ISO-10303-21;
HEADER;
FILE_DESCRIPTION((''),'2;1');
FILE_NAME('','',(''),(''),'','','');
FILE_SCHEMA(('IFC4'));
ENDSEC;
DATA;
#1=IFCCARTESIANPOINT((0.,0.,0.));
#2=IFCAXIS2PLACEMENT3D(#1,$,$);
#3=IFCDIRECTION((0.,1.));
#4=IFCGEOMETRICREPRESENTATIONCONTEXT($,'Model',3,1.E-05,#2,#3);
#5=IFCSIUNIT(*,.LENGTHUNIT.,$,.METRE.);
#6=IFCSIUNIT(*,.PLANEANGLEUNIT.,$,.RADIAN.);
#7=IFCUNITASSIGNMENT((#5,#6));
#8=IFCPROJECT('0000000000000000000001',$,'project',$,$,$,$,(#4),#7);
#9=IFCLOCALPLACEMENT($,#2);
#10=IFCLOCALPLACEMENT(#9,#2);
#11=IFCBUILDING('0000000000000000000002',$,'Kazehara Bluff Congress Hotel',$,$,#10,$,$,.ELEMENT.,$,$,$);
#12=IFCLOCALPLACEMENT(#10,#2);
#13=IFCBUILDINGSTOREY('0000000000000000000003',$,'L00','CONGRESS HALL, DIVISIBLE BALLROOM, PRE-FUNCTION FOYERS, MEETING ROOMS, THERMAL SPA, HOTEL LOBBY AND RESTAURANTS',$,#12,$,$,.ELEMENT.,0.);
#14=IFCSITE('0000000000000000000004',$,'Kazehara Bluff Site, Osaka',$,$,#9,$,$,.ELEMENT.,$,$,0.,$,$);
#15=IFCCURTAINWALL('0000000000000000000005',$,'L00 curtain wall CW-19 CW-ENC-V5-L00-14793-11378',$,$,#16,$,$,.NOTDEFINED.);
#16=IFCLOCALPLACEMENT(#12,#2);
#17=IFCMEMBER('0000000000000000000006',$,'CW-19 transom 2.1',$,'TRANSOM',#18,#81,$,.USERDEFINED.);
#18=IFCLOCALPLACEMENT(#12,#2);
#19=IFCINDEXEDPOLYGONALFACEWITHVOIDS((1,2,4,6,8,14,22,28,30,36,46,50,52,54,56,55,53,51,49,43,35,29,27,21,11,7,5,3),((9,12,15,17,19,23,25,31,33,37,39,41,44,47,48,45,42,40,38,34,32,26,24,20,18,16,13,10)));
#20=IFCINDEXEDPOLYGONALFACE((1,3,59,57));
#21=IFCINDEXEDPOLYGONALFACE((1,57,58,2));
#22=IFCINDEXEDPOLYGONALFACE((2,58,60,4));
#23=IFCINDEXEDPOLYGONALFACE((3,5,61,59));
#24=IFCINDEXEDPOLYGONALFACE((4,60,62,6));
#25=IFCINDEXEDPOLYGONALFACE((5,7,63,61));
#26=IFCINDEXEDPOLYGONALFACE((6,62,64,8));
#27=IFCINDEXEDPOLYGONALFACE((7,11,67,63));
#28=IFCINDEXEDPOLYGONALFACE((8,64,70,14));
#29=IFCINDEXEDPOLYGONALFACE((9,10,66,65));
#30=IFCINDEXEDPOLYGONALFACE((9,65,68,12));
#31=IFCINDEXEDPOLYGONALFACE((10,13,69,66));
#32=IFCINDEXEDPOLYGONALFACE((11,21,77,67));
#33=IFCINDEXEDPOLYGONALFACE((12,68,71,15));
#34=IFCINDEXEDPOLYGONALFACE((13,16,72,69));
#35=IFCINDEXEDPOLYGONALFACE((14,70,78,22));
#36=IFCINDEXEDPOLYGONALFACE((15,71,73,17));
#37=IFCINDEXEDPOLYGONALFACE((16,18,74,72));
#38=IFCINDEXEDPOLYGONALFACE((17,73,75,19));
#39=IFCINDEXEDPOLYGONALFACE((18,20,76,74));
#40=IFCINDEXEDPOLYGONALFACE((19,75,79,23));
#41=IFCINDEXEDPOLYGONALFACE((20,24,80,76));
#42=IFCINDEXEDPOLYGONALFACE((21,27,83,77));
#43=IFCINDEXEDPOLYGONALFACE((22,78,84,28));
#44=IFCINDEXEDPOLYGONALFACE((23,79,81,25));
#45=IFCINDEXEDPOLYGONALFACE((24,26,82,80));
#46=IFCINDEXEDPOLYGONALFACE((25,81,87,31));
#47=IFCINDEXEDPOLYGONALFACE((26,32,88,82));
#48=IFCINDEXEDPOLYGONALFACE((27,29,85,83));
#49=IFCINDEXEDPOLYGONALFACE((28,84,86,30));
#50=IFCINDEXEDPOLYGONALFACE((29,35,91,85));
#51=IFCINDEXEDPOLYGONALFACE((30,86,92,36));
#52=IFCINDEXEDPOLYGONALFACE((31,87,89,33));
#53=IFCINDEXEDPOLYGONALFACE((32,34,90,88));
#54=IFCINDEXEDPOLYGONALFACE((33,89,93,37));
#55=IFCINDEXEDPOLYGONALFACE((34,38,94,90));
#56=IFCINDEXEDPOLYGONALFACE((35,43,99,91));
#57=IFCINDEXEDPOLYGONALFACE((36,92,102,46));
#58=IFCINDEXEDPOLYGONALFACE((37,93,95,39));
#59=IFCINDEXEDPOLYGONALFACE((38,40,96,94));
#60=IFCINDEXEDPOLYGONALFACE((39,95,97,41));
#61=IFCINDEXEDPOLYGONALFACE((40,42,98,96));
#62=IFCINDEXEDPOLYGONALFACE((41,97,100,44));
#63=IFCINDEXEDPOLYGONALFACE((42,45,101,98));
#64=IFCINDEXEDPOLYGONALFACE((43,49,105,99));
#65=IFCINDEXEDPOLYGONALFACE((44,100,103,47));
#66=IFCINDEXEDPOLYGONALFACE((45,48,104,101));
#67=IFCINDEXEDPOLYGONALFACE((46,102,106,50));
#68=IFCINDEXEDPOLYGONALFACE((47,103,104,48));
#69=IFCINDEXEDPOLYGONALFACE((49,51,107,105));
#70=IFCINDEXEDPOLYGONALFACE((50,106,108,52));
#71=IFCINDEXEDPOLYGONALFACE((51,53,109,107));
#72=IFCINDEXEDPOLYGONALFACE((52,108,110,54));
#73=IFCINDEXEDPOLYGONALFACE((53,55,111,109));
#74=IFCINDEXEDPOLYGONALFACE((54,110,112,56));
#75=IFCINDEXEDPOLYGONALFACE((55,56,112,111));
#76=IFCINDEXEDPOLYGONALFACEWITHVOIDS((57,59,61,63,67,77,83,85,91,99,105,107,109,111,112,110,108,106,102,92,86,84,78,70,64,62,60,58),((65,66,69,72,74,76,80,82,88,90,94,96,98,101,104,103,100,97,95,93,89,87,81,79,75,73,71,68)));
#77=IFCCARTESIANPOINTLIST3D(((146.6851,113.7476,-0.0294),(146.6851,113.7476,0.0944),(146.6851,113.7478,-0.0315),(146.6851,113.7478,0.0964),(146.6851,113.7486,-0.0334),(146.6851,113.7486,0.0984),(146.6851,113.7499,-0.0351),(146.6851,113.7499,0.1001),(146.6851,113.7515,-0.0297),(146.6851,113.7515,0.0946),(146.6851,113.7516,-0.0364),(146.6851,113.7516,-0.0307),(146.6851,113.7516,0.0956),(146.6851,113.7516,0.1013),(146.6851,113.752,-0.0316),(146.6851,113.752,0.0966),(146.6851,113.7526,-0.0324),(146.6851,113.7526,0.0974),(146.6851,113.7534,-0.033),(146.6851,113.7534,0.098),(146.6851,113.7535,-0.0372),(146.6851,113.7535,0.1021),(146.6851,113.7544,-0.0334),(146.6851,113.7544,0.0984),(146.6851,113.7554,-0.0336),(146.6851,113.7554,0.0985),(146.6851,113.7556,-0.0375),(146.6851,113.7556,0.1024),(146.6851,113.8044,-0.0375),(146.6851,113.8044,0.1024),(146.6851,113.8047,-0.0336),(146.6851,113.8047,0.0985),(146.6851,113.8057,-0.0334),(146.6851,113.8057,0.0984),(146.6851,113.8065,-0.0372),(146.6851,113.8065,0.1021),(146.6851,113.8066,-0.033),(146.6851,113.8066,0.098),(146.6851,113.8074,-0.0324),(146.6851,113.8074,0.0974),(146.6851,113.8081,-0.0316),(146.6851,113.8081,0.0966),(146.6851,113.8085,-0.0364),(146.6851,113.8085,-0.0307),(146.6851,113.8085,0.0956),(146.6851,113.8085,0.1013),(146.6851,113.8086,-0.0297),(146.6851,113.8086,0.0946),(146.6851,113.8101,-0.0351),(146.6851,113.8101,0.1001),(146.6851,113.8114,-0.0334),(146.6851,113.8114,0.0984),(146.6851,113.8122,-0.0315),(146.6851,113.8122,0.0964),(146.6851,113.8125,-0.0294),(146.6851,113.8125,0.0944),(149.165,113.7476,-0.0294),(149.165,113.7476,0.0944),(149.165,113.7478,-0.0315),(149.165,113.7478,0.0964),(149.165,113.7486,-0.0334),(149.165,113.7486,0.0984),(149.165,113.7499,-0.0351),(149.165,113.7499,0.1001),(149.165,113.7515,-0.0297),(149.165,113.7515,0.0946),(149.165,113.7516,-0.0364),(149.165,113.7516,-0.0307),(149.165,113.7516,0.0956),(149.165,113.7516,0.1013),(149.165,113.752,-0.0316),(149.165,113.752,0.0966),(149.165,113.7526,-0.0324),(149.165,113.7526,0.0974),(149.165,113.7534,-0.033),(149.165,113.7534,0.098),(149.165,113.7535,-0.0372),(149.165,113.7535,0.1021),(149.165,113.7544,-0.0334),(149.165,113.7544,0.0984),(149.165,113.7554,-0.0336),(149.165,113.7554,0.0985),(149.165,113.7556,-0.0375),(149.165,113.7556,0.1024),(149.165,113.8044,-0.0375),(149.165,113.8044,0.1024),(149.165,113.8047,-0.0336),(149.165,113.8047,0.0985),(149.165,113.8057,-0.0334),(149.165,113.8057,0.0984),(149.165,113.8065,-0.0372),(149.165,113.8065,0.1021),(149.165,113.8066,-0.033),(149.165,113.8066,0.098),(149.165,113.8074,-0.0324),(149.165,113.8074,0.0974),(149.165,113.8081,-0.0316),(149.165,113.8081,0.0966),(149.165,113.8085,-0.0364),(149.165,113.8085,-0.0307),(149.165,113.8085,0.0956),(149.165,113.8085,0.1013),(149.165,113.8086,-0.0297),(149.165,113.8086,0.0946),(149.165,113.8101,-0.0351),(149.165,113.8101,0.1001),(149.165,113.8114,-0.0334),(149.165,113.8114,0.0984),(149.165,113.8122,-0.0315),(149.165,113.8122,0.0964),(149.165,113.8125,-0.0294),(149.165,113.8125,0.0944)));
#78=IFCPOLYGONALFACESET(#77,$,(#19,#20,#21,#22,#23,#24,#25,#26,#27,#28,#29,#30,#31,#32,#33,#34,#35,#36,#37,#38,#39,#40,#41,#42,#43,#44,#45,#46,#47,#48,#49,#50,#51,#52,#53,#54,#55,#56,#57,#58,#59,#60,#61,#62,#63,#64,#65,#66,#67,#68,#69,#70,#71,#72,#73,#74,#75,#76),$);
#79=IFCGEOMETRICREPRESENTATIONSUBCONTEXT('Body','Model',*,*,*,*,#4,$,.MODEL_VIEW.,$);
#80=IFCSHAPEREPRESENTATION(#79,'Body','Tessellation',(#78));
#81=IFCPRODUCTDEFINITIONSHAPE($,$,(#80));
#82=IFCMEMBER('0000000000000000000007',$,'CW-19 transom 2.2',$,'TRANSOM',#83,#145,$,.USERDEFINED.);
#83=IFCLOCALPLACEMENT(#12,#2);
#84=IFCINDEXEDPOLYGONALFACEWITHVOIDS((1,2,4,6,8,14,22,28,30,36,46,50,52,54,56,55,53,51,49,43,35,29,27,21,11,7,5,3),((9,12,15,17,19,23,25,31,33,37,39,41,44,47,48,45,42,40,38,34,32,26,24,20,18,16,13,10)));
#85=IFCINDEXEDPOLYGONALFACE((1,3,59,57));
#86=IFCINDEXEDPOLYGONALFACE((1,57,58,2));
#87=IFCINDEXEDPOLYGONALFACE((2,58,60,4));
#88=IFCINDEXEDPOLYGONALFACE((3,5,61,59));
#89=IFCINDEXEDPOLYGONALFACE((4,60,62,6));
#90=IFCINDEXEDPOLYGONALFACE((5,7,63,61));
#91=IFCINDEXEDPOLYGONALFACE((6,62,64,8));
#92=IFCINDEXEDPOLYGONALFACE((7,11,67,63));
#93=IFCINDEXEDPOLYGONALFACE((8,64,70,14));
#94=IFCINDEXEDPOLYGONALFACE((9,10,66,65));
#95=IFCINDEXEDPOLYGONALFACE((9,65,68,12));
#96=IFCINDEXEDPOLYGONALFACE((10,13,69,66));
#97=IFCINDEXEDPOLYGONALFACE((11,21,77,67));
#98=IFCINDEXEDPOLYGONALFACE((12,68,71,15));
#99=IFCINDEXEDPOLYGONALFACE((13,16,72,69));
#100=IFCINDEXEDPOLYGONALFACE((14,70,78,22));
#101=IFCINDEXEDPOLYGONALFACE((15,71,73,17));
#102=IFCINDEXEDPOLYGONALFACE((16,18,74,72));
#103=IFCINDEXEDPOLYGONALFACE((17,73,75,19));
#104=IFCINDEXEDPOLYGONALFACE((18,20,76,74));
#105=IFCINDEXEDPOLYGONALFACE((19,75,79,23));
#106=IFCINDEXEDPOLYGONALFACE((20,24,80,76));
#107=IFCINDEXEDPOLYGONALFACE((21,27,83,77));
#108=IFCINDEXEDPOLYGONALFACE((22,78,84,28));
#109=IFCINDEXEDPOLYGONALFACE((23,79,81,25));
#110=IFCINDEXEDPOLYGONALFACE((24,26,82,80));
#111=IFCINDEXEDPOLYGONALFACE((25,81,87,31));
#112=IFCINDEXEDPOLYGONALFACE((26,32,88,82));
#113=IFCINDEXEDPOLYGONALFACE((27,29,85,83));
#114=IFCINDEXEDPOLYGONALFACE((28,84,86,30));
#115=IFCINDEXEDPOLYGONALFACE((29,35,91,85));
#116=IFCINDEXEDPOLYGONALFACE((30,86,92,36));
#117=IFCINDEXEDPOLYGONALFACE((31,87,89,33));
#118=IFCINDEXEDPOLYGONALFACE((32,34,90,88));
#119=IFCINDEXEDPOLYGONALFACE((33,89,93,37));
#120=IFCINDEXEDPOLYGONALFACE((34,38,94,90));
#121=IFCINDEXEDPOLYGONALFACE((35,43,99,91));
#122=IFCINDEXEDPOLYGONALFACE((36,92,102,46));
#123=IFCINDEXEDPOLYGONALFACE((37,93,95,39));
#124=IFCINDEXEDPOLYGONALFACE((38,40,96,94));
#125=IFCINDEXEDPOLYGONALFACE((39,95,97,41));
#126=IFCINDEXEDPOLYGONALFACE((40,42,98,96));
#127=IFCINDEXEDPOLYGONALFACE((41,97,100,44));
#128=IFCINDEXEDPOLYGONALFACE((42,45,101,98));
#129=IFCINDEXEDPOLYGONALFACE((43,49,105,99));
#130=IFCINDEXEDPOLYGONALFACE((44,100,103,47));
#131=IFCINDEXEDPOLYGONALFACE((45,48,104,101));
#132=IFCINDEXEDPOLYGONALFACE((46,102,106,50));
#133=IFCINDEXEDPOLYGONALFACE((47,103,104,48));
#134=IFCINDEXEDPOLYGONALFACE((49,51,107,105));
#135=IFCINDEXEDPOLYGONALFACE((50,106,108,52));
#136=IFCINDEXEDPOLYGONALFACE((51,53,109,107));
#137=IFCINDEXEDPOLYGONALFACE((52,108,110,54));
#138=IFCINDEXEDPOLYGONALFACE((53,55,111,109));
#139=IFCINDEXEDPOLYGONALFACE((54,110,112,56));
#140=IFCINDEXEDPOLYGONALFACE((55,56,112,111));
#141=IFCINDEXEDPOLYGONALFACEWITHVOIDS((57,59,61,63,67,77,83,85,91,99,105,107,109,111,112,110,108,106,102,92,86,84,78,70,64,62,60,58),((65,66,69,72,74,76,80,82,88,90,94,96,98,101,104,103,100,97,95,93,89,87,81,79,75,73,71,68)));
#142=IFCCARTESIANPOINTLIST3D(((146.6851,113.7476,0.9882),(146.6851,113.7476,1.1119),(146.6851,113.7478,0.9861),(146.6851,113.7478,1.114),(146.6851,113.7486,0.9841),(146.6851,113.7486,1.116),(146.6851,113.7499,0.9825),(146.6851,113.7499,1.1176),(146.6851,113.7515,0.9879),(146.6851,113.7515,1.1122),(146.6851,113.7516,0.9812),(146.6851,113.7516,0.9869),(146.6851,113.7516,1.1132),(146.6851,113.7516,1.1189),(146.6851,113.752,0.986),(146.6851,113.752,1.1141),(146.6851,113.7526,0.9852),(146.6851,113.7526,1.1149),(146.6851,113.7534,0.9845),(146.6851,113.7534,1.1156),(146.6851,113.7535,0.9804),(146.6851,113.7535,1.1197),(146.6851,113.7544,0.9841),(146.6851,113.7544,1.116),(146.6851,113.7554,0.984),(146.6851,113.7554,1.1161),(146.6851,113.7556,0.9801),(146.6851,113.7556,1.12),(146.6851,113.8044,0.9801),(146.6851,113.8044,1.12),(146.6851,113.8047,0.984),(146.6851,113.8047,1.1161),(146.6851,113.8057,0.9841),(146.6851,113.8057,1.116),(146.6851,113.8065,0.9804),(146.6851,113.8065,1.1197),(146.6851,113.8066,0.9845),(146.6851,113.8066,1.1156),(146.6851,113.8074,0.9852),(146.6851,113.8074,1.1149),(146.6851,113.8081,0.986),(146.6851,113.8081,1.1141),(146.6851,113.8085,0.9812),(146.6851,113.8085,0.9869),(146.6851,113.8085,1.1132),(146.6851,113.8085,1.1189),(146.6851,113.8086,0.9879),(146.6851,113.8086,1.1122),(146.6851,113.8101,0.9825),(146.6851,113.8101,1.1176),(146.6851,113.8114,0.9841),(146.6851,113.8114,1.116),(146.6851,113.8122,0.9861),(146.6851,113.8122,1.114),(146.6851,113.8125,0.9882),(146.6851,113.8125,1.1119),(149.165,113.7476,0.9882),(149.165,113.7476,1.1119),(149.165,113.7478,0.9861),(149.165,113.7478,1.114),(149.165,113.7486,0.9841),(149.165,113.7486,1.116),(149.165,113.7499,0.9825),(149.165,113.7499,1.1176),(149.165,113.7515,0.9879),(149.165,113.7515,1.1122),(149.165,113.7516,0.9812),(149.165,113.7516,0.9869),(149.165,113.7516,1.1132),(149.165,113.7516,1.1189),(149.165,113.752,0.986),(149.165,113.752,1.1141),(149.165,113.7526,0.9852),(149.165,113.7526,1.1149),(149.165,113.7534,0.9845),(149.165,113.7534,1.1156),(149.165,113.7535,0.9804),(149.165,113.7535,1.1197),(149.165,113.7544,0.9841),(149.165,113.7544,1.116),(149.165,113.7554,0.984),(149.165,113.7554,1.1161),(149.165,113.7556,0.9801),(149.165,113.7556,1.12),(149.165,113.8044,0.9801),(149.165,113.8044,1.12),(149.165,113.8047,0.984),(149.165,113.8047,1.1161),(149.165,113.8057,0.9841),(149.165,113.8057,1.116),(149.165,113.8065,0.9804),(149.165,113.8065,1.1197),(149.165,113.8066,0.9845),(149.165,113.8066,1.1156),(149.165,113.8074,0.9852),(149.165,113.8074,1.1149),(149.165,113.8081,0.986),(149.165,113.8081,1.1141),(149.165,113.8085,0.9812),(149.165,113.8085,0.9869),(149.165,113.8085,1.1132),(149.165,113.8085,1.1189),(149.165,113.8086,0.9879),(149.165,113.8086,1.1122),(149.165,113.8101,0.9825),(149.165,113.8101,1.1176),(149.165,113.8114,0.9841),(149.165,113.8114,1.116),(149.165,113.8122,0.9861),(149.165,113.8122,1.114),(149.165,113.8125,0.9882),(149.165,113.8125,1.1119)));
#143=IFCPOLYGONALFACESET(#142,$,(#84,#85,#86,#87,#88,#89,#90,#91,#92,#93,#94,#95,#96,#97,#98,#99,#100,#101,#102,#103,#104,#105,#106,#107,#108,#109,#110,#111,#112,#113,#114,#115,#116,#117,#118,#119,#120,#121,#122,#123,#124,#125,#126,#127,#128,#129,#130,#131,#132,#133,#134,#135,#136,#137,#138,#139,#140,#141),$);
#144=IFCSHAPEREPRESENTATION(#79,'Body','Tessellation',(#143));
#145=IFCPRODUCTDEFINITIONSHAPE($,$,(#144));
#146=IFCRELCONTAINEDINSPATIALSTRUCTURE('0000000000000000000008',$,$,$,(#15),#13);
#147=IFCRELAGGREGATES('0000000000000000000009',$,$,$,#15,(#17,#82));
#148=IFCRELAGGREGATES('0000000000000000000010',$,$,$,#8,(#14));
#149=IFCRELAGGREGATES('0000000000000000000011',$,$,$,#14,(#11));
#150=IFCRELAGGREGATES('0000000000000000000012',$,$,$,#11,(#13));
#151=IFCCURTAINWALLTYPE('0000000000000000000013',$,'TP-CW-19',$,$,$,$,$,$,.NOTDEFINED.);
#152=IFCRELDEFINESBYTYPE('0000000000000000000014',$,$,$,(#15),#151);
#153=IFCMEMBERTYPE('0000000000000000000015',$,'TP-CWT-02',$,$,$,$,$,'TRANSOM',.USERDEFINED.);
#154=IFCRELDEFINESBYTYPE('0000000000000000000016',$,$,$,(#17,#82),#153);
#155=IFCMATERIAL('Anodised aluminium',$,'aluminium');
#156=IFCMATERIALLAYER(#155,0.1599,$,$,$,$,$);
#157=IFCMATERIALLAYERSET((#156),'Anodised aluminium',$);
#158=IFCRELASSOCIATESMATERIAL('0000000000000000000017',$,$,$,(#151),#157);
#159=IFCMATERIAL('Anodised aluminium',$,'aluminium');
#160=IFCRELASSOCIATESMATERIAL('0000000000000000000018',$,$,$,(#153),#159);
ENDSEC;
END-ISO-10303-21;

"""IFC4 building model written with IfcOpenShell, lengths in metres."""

from ifc_helpers import new_model, si_unit, direction, frame, origin, origin_2d, place, context, subcontext, project, spatial, hollow_rectangle, extrude, material, layer, layer_set, material_profile, profile_set, type_object, element, aggregate, save


model = new_model("IFC4")

# Units and contexts
model_context = context("Model", 3, precision=1e-05, world=origin(), true_north=direction((0.0, 1.0)))
body_context = subcontext(model_context, "Body", "Model", "MODEL_VIEW")
ifc_project = project(units=[si_unit("LENGTHUNIT", "METRE"), si_unit("PLANEANGLEUNIT", "RADIAN")], contexts=[model_context])

# Site, building, storey
site_placement = place(None, origin())
site = spatial("IfcSite", under=ifc_project, at=site_placement, Name="Kazehara Bluff Site, Osaka", CompositionType="ELEMENT", RefElevation=0.0)
building_placement = place(site_placement, origin())
building = spatial("IfcBuilding", under=site, at=building_placement, Name="Kazehara Bluff Congress Hotel", CompositionType="ELEMENT")
storey_placement = place(building_placement, origin())
storey = spatial("IfcBuildingStorey", under=building, at=storey_placement, Name="L00", Description="CONGRESS HALL, DIVISIBLE BALLROOM, PRE-FUNCTION FOYERS, MEETING ROOMS, THERMAL SPA, HOTEL LOBBY AND RESTAURANTS", CompositionType="ELEMENT", Elevation=0.0)

# Curtain wall
ifc_material_1 = material(Name="Anodised aluminium", Category="aluminium")
ifc_layer_1 = layer(ifc_material_1, 0.1599)
ifc_layer_set_1 = layer_set([ifc_layer_1], Name="Anodised aluminium")
curtain_wall_type_1 = type_object("IfcCurtainWallType", Name="TP-CW-19", PredefinedType="NOTDEFINED", material=ifc_layer_set_1)
curtain_wall_1_placement = place(storey_placement, origin())
curtain_wall_1 = element("IfcCurtainWall", 1, at=curtain_wall_1_placement, inside=storey, type_object=curtain_wall_type_1, Name="L00 curtain wall CW-19 CW-ENC-V5-L00-14793-11378", PredefinedType="NOTDEFINED")

# Members
ifc_material_2 = material(Name="Anodised aluminium", Category="aluminium")
ifc_material_profile_1 = material_profile(ifc_material_2, hollow_rectangle(XDim=0.0649, YDim=0.1399, WallThickness=0.0039, InnerFilletRadius=0.0039, OuterFilletRadius=0.0081, at=origin_2d()))
ifc_profile_set_1 = profile_set([ifc_material_profile_1], Name="Anodised aluminium")
member_type_1 = type_object("IfcMemberType", Name="TP-CWT-02", ElementType="TRANSOM", PredefinedType="USERDEFINED", material=ifc_profile_set_1)
member_1_placement = place(storey_placement, frame((146.6851, 113.78, 0.0325), z_axis=(1.0, 0.0, 0.0), x_axis=(0.0, 1.0, 0.0)))
member_1 = element("IfcMember", 2, at=member_1_placement, type_object=member_type_1, Name="CW-19 transom 2.1", ObjectType="TRANSOM", PredefinedType="USERDEFINED", context=body_context, shape_type="SweptSolid", body=[
    extrude(hollow_rectangle(XDim=0.0649, YDim=0.1399, WallThickness=0.0039, InnerFilletRadius=0.0039, OuterFilletRadius=0.0081, at=origin_2d()), origin(), (0.0, 0.0, 1.0), 2.48),
])
member_2_placement = place(storey_placement, frame((146.6851, 113.78, 1.05), z_axis=(1.0, 0.0, 0.0), x_axis=(0.0, 1.0, 0.0)))
member_2 = element("IfcMember", 3, at=member_2_placement, type_object=member_type_1, Name="CW-19 transom 2.2", ObjectType="TRANSOM", PredefinedType="USERDEFINED", context=body_context, shape_type="SweptSolid", body=[
    extrude(hollow_rectangle(XDim=0.0649, YDim=0.1399, WallThickness=0.0039, InnerFilletRadius=0.0039, OuterFilletRadius=0.0081, at=origin_2d()), origin(), (0.0, 0.0, 1.0), 2.48),
])

aggregate(curtain_wall_1, [member_1, member_2])

save(model, "model.ifc")
